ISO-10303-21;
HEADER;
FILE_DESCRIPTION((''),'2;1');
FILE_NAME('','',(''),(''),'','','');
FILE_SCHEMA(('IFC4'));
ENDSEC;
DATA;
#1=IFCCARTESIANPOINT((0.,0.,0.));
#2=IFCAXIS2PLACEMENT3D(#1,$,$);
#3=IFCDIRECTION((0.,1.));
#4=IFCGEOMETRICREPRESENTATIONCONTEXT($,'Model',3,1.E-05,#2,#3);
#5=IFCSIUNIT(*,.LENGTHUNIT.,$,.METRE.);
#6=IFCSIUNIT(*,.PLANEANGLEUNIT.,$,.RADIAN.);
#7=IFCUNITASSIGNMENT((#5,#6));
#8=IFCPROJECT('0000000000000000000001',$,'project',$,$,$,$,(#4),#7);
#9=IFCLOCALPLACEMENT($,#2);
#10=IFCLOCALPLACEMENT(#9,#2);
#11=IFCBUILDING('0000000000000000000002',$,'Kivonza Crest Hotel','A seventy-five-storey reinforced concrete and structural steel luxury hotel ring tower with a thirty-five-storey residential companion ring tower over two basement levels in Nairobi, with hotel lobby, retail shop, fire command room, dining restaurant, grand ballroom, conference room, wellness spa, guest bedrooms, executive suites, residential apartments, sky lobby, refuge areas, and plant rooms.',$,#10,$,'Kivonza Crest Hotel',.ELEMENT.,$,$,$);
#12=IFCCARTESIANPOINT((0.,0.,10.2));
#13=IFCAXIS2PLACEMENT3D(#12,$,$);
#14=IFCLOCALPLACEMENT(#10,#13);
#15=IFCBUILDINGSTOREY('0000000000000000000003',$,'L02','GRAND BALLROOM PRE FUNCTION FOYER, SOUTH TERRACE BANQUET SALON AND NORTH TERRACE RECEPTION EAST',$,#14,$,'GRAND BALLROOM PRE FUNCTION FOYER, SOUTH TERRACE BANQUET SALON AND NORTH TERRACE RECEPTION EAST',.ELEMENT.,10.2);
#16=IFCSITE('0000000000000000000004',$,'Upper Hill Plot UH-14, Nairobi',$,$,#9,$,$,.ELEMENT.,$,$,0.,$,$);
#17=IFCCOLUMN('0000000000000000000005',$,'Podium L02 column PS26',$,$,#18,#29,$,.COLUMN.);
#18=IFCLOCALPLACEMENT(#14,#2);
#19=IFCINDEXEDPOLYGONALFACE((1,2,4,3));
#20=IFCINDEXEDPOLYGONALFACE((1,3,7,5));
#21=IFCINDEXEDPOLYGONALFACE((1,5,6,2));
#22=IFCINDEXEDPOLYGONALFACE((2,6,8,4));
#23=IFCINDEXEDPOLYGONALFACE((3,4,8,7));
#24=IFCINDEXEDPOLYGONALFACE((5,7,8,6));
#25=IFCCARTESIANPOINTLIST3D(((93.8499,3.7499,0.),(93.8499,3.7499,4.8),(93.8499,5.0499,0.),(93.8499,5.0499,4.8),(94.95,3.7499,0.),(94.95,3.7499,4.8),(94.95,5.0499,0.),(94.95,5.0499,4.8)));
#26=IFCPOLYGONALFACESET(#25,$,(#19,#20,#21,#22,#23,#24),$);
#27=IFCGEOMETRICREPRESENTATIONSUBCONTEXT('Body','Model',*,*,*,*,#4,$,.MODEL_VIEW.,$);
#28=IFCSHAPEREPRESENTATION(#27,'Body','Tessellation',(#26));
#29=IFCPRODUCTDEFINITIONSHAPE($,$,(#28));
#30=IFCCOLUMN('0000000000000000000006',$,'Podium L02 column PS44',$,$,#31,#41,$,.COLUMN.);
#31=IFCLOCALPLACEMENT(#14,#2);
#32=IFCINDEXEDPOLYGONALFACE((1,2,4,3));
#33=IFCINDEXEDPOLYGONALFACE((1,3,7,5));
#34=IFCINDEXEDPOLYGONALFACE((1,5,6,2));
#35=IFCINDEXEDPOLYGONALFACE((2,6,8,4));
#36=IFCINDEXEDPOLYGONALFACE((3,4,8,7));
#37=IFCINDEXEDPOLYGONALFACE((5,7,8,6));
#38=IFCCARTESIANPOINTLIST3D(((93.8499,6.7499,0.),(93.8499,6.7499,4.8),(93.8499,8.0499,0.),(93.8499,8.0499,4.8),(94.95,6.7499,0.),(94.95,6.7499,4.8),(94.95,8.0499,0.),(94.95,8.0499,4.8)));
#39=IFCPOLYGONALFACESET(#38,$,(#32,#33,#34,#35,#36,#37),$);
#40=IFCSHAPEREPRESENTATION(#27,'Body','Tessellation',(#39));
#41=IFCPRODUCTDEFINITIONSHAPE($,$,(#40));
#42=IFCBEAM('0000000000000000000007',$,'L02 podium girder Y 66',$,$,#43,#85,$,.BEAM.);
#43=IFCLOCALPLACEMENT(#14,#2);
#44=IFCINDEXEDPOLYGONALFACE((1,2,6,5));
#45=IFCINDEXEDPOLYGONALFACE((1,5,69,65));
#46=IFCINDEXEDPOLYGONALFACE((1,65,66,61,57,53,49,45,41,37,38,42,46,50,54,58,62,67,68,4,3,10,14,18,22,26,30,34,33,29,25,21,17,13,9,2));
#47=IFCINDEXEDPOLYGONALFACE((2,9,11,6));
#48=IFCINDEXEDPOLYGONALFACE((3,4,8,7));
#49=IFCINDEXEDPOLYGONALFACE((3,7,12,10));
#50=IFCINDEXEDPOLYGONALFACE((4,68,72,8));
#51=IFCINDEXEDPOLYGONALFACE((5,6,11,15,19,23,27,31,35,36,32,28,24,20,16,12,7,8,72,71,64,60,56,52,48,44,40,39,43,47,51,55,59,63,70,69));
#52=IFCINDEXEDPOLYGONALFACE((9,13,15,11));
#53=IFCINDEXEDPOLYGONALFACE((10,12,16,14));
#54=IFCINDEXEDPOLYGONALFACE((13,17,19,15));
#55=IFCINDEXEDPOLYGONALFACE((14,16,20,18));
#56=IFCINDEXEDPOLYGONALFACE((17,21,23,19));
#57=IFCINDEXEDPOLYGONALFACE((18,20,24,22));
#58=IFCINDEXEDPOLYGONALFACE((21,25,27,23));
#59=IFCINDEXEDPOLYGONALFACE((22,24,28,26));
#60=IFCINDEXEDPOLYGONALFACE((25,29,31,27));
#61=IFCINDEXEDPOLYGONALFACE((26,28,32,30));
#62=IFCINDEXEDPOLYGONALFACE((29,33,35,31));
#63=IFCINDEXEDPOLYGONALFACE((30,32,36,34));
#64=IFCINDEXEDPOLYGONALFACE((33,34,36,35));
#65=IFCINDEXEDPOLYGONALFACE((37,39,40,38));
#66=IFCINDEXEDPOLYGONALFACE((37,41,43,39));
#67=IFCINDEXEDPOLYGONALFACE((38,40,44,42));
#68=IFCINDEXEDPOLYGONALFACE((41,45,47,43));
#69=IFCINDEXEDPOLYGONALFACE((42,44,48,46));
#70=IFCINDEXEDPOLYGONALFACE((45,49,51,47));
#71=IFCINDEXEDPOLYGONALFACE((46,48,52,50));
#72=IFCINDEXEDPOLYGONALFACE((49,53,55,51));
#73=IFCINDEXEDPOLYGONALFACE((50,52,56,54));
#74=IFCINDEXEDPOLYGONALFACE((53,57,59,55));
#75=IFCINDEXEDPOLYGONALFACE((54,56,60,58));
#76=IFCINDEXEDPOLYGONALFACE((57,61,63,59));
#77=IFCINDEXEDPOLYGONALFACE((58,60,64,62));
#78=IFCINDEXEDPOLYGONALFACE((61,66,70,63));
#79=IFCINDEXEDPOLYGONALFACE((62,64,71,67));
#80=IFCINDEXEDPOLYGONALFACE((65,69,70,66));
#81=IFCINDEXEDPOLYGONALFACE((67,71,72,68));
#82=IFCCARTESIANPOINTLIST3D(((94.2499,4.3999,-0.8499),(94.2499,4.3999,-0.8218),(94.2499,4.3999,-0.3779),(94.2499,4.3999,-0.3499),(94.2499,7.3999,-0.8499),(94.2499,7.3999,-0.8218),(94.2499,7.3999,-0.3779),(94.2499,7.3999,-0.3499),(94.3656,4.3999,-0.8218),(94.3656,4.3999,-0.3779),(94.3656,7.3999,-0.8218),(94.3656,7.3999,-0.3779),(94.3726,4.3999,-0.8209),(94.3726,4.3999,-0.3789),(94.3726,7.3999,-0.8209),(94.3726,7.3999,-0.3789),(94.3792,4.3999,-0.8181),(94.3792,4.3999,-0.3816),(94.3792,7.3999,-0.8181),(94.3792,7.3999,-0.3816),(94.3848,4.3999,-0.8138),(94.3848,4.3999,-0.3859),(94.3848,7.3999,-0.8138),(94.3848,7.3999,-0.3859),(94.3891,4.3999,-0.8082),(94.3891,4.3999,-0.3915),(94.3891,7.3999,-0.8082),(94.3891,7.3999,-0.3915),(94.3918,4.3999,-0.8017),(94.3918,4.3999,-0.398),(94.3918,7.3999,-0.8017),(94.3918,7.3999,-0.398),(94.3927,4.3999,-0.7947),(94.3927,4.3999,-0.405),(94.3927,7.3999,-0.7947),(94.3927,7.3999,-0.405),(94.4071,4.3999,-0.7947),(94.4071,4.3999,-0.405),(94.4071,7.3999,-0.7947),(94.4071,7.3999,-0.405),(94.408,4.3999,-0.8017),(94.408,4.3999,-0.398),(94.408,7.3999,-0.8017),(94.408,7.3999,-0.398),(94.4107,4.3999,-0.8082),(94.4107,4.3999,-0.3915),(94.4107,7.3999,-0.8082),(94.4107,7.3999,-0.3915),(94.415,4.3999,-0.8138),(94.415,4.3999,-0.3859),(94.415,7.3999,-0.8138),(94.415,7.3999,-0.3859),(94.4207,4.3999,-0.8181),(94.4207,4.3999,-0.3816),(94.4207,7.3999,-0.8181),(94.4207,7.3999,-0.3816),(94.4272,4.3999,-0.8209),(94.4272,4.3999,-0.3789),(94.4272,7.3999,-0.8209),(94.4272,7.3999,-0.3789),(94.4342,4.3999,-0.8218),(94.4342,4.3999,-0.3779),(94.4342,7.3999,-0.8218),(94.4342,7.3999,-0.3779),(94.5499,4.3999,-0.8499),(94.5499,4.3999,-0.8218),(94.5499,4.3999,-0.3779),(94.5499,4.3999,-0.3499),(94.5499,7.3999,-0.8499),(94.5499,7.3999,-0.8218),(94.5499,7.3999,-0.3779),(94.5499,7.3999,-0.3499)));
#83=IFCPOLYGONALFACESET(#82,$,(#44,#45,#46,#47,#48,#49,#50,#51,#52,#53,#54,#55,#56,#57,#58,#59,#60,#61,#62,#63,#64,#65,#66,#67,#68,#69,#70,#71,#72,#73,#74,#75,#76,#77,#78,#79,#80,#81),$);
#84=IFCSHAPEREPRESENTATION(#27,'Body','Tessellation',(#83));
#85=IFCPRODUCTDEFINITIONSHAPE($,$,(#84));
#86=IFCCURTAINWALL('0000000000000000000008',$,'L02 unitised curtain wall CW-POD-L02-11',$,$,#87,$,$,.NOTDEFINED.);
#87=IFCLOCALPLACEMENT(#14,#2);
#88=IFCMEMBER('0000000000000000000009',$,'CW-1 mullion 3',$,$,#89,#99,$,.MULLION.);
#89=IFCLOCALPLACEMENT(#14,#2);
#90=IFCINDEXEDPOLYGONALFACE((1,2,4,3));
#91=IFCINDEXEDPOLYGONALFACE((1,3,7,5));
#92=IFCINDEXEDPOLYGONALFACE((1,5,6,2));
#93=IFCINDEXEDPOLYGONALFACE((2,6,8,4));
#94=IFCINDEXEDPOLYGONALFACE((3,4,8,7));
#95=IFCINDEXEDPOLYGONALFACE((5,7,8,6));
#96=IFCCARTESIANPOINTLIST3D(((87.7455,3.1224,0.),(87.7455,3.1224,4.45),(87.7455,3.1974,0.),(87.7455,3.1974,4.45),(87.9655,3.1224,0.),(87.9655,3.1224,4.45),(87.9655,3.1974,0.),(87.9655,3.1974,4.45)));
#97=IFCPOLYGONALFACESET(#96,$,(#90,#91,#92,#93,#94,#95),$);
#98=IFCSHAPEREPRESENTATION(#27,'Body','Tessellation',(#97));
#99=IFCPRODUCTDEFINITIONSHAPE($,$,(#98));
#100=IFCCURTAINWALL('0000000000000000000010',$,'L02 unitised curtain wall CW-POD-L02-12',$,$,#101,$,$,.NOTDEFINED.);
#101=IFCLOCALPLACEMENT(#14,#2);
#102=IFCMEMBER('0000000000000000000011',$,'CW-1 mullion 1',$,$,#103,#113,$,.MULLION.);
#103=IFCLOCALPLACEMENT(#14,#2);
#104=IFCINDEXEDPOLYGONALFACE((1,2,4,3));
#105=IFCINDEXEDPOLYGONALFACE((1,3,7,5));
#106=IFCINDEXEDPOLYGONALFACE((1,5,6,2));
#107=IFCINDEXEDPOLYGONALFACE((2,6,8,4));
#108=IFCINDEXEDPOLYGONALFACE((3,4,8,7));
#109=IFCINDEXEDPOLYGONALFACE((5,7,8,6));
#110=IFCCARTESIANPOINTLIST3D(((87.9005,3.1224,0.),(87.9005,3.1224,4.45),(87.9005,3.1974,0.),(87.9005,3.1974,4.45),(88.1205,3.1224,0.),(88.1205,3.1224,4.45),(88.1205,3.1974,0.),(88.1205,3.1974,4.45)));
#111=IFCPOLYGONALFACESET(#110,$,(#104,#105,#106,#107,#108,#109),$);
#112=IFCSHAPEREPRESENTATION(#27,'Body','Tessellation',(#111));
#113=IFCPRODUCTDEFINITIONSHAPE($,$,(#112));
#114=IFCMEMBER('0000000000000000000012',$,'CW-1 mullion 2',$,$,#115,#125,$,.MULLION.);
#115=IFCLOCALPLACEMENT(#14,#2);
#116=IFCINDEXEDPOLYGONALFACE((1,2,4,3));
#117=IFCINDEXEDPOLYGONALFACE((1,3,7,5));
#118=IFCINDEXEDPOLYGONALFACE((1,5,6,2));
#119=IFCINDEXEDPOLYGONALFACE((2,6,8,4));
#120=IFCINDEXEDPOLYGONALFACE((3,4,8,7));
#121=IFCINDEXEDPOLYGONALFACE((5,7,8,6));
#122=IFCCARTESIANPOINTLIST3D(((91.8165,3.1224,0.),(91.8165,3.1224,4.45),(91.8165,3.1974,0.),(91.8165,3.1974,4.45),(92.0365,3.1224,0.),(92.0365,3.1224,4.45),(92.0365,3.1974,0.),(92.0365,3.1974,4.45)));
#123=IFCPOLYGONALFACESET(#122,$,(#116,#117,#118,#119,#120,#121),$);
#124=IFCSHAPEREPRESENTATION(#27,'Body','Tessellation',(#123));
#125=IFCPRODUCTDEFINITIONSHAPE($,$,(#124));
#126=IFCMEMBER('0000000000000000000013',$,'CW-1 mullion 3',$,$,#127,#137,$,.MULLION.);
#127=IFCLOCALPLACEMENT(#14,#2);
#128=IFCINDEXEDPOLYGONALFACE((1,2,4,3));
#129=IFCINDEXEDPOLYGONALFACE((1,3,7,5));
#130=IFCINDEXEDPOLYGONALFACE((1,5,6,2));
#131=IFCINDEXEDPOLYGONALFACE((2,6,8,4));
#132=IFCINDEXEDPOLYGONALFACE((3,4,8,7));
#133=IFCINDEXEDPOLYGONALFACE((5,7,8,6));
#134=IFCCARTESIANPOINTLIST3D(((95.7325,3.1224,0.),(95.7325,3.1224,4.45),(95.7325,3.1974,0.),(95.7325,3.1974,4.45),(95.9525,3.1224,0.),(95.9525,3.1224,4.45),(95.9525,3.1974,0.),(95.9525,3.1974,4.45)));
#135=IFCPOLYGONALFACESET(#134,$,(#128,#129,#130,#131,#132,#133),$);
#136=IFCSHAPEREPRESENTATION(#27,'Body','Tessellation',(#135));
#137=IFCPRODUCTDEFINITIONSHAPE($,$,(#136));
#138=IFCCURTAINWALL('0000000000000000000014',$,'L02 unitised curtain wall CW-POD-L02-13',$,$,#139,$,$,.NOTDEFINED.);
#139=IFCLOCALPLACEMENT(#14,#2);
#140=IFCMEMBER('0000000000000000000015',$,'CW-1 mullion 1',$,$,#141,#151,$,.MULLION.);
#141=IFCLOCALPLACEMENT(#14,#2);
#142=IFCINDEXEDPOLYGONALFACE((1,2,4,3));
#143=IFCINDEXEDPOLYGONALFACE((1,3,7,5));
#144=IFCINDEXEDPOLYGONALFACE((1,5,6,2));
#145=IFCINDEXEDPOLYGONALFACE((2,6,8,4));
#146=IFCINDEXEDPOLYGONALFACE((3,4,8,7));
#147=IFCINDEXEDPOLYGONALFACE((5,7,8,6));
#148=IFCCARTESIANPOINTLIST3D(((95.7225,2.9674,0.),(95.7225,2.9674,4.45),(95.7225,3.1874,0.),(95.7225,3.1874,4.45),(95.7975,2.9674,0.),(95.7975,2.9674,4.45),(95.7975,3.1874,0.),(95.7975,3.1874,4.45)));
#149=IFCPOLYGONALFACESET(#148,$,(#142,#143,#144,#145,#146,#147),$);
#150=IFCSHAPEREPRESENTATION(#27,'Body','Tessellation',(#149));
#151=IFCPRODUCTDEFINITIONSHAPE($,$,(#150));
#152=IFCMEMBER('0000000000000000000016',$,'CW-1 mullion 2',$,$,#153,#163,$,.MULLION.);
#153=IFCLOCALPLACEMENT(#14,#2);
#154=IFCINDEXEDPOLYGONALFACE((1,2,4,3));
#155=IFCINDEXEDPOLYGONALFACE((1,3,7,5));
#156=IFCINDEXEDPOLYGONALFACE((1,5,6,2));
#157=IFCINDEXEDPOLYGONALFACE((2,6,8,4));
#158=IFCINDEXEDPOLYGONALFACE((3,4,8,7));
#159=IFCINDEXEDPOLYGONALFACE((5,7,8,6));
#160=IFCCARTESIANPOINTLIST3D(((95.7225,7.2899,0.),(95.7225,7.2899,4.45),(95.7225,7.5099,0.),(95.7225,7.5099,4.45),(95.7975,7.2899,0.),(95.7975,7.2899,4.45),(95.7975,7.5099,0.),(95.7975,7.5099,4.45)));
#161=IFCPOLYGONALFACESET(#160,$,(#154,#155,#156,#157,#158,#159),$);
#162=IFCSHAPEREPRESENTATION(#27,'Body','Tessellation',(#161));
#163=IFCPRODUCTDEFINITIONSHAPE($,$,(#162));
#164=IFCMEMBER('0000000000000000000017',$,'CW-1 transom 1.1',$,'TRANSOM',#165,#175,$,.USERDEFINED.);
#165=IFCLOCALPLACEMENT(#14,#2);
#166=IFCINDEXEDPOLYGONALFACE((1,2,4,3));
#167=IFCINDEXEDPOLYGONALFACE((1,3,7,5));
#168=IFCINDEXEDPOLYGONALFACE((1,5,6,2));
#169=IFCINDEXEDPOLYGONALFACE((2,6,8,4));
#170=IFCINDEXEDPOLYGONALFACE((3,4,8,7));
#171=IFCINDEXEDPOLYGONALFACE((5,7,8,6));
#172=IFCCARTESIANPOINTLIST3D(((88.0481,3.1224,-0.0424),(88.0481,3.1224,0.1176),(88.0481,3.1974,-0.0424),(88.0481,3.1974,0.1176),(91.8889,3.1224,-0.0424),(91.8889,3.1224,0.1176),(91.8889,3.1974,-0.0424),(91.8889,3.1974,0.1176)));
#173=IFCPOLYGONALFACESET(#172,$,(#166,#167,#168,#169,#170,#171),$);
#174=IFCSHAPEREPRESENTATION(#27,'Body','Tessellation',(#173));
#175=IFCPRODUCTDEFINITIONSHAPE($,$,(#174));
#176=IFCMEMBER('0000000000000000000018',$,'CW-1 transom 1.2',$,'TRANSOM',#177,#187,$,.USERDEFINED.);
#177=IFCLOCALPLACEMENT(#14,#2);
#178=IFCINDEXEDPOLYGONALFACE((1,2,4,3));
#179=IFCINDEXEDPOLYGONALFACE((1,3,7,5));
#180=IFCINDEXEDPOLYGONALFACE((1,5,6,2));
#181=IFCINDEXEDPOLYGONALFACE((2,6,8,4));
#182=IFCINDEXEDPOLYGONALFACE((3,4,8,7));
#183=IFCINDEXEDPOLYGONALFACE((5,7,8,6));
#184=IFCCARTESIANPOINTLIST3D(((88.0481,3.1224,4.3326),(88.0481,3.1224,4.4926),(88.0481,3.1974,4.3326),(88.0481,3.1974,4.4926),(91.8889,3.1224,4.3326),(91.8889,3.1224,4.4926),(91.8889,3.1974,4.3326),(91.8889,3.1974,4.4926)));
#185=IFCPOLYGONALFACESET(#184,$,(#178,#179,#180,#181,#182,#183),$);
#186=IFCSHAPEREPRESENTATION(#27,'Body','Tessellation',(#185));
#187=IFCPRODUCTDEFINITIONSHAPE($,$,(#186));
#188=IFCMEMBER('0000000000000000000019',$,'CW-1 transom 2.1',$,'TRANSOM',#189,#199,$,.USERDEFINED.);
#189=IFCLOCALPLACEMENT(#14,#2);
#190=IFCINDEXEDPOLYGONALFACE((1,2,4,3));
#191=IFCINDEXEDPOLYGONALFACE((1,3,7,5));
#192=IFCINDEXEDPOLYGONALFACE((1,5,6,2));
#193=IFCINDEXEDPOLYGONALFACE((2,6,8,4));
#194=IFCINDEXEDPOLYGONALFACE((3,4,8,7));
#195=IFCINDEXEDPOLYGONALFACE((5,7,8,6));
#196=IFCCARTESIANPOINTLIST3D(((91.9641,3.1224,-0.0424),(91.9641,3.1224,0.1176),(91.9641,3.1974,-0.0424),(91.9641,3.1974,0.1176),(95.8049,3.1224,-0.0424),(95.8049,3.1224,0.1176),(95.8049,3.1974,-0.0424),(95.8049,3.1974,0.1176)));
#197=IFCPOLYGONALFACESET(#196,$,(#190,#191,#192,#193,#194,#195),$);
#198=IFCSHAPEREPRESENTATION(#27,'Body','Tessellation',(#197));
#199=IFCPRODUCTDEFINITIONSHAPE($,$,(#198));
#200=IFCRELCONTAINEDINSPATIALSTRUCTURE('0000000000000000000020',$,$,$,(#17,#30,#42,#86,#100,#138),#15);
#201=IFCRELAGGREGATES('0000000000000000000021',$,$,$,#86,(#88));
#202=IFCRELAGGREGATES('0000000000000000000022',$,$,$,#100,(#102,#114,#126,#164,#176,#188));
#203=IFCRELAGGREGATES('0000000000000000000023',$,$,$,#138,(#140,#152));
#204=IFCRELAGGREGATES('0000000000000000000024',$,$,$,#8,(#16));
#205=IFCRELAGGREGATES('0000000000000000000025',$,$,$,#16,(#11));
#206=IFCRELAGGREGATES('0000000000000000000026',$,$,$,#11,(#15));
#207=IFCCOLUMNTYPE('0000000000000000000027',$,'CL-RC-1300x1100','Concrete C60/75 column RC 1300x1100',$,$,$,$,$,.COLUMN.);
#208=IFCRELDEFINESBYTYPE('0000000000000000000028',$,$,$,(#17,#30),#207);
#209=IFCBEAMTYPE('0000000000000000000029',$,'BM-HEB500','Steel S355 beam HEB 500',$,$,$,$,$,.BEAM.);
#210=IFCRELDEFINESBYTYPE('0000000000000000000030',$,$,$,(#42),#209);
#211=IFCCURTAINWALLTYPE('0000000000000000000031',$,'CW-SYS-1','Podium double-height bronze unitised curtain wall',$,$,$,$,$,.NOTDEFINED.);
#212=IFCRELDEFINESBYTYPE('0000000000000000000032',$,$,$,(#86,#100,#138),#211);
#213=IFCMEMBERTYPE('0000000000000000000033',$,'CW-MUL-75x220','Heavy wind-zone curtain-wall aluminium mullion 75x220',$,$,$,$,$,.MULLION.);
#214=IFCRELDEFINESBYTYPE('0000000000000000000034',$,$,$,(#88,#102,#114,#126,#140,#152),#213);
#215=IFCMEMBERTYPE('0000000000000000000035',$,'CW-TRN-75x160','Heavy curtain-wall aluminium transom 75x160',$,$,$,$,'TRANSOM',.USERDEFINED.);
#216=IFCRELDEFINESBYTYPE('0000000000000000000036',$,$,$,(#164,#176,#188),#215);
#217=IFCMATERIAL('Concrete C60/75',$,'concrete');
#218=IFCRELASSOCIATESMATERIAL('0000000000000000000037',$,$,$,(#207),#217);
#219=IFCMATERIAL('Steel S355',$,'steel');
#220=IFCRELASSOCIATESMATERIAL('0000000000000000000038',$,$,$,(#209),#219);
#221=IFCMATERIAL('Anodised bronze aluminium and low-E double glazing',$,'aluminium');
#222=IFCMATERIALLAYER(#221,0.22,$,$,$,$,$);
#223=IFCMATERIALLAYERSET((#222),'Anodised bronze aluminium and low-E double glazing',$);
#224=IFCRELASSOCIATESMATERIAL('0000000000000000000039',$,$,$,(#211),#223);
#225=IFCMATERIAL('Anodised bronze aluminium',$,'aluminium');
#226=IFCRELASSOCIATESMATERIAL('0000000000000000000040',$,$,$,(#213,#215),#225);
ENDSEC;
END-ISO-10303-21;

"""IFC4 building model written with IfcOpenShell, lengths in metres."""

from ifc_helpers import new_model, si_unit, direction, frame, origin, origin_2d, place, context, subcontext, project, spatial, rectangle, i_section, extrude, material, layer, layer_set, material_profile, profile_set, type_object, element, aggregate, save


model = new_model("IFC4")

# Units and contexts
model_context = context("Model", 3, precision=1e-05, world=origin(), true_north=direction((0.0, 1.0)))
body_context = subcontext(model_context, "Body", "Model", "MODEL_VIEW")
ifc_project = project(units=[si_unit("LENGTHUNIT", "METRE"), si_unit("PLANEANGLEUNIT", "RADIAN")], contexts=[model_context])

# Site, building, storey
site_placement = place(None, origin())
site = spatial("IfcSite", under=ifc_project, at=site_placement, Name="Upper Hill Plot UH-14, Nairobi", CompositionType="ELEMENT", RefElevation=0.0)
building_placement = place(site_placement, origin())
building = spatial("IfcBuilding", under=site, at=building_placement, Name="Kivonza Crest Hotel", Description="A seventy-five-storey reinforced concrete and structural steel luxury hotel ring tower with a thirty-five-storey residential companion ring tower over two basement levels in Nairobi, with hotel lobby, retail shop, fire command room, dining restaurant, grand ballroom, conference room, wellness spa, guest bedrooms, executive suites, residential apartments, sky lobby, refuge areas, and plant rooms.", LongName="Kivonza Crest Hotel", CompositionType="ELEMENT")
storey_placement = place(building_placement, frame((0.0, 0.0, 10.2)))
storey = spatial("IfcBuildingStorey", under=building, at=storey_placement, Name="L02", Description="GRAND BALLROOM PRE FUNCTION FOYER, SOUTH TERRACE BANQUET SALON AND NORTH TERRACE RECEPTION EAST", LongName="GRAND BALLROOM PRE FUNCTION FOYER, SOUTH TERRACE BANQUET SALON AND NORTH TERRACE RECEPTION EAST", CompositionType="ELEMENT", Elevation=10.2)

# Columns
ifc_material_1 = material(Name="Concrete C60/75", Category="concrete")
ifc_material_profile_1 = material_profile(ifc_material_1, rectangle(XDim=1.1001, YDim=1.3, at=origin_2d()), Name="RC 1300x1100")
ifc_profile_set_1 = profile_set([ifc_material_profile_1], Name="Concrete C60/75")
column_type = type_object("IfcColumnType", Name="CL-RC-1300x1100", Description="Concrete C60/75 column RC 1300x1100", PredefinedType="COLUMN", material=ifc_profile_set_1)
for number, where, z_axis, x_axis, name in (
    (1, (94.3999, 4.3999, 0.0), (0.0, 0.0, 1.0), (1.0, 0.0, 0.0), "Podium L02 column PS26"),
    (2, (94.3999, 7.3999, 0.0), (0.0, 0.0, 1.0), (1.0, 0.0, 0.0), "Podium L02 column PS44"),
):
    element("IfcColumn", number, at=place(storey_placement, frame(where, z_axis=z_axis, x_axis=x_axis)), inside=storey, type_object=column_type, Name=name, PredefinedType="COLUMN", context=body_context, shape_type="SweptSolid", body=[
        extrude(rectangle(XDim=1.1001, YDim=1.3, at=origin_2d()), origin(), (0.0, 0.0, 1.0), 4.8),
    ])

# Beam
ifc_material_2 = material(Name="Steel S355", Category="steel")
ifc_material_profile_2 = material_profile(ifc_material_2, i_section(OverallWidth=0.3, OverallDepth=0.5, WebThickness=0.0144, FlangeThickness=0.0281, FilletRadius=0.0271, at=origin_2d()), Name="HEB 500")
ifc_profile_set_2 = profile_set([ifc_material_profile_2], Name="Steel S355")
beam_type = type_object("IfcBeamType", Name="BM-HEB500", Description="Steel S355 beam HEB 500", PredefinedType="BEAM", material=ifc_profile_set_2)
beam_placement = place(storey_placement, frame((94.3999, 4.3999, -0.5999), z_axis=(0.0, 1.0, 0.0), x_axis=(-1.0, 0.0, 0.0)))
element("IfcBeam", 3, at=beam_placement, inside=storey, type_object=beam_type, Name="L02 podium girder Y 66", PredefinedType="BEAM", context=body_context, shape_type="SweptSolid", body=[
    extrude(i_section(OverallWidth=0.3, OverallDepth=0.5, WebThickness=0.0144, FlangeThickness=0.0281, FilletRadius=0.0271, at=origin_2d()), origin(), (0.0, 0.0, 1.0), 3.0),
])

# Curtain wall, member
ifc_material_3 = material(Name="Anodised bronze aluminium and low-E double glazing", Category="aluminium")
ifc_layer_1 = layer(ifc_material_3, 0.22)
ifc_layer_set_1 = layer_set([ifc_layer_1], Name="Anodised bronze aluminium and low-E double glazing")
curtain_wall_type = type_object("IfcCurtainWallType", Name="CW-SYS-1", Description="Podium double-height bronze unitised curtain wall", PredefinedType="NOTDEFINED", material=ifc_layer_set_1)
curtain_wall_1_placement = place(storey_placement, origin())
curtain_wall_1 = element("IfcCurtainWall", 4, at=curtain_wall_1_placement, inside=storey, type_object=curtain_wall_type, Name="L02 unitised curtain wall CW-POD-L02-11", PredefinedType="NOTDEFINED")
ifc_material_4 = material(Name="Anodised bronze aluminium", Category="aluminium")
ifc_material_profile_3 = material_profile(ifc_material_4, rectangle(XDim=0.075, YDim=0.22, at=origin_2d()), Name="CW-M 75x220")
ifc_profile_set_3 = profile_set([ifc_material_profile_3], Name="Anodised bronze aluminium")
member_type_1 = type_object("IfcMemberType", Name="CW-MUL-75x220", Description="Heavy wind-zone curtain-wall aluminium mullion 75x220", PredefinedType="MULLION", material=ifc_profile_set_3)
member_1_placement = place(storey_placement, frame((87.8555, 3.1599, 0.0), z_axis=(0.0, 0.0, 1.0), x_axis=(0.0, 1.0, 0.0)))
member_1 = element("IfcMember", 5, at=member_1_placement, type_object=member_type_1, Name="CW-1 mullion 3", PredefinedType="MULLION", context=body_context, shape_type="SweptSolid", body=[
    extrude(rectangle(XDim=0.075, YDim=0.22, at=origin_2d()), origin(), (0.0, 0.0, 1.0), 4.45),
])
aggregate(curtain_wall_1, [member_1])

# Curtain walls, members
curtain_wall_2_placement = place(storey_placement, origin())
curtain_wall_2 = element("IfcCurtainWall", 6, at=curtain_wall_2_placement, inside=storey, type_object=curtain_wall_type, Name="L02 unitised curtain wall CW-POD-L02-12", PredefinedType="NOTDEFINED")
member_2_placement = place(storey_placement, frame((88.0105, 3.1599, 0.0), z_axis=(0.0, 0.0, 1.0), x_axis=(0.0, 1.0, 0.0)))
member_2 = element("IfcMember", 7, at=member_2_placement, type_object=member_type_1, Name="CW-1 mullion 1", PredefinedType="MULLION", context=body_context, shape_type="SweptSolid", body=[
    extrude(rectangle(XDim=0.075, YDim=0.22, at=origin_2d()), origin(), (0.0, 0.0, 1.0), 4.45),
])
member_3_placement = place(storey_placement, frame((91.9265, 3.1599, 0.0), z_axis=(0.0, 0.0, 1.0), x_axis=(0.0, 1.0, 0.0)))
member_3 = element("IfcMember", 8, at=member_3_placement, type_object=member_type_1, Name="CW-1 mullion 2", PredefinedType="MULLION", context=body_context, shape_type="SweptSolid", body=[
    extrude(rectangle(XDim=0.075, YDim=0.22, at=origin_2d()), origin(), (0.0, 0.0, 1.0), 4.45),
])
member_4_placement = place(storey_placement, frame((95.8425, 3.1599, 0.0), z_axis=(0.0, 0.0, 1.0), x_axis=(0.0, 1.0, 0.0)))
member_4 = element("IfcMember", 9, at=member_4_placement, type_object=member_type_1, Name="CW-1 mullion 3", PredefinedType="MULLION", context=body_context, shape_type="SweptSolid", body=[
    extrude(rectangle(XDim=0.075, YDim=0.22, at=origin_2d()), origin(), (0.0, 0.0, 1.0), 4.45),
])
curtain_wall_3_placement = place(storey_placement, origin())
curtain_wall_3 = element("IfcCurtainWall", 10, at=curtain_wall_3_placement, inside=storey, type_object=curtain_wall_type, Name="L02 unitised curtain wall CW-POD-L02-13", PredefinedType="NOTDEFINED")
member_5_placement = place(storey_placement, frame((95.76, 3.0774, 0.0), z_axis=(0.0, 0.0, 1.0), x_axis=(-1.0, 0.0, 0.0)))
member_5 = element("IfcMember", 11, at=member_5_placement, type_object=member_type_1, Name="CW-1 mullion 1", PredefinedType="MULLION", context=body_context, shape_type="SweptSolid", body=[
    extrude(rectangle(XDim=0.075, YDim=0.22, at=origin_2d()), origin(), (0.0, 0.0, 1.0), 4.45),
])
member_6_placement = place(storey_placement, frame((95.76, 7.3999, 0.0), z_axis=(0.0, 0.0, 1.0), x_axis=(-1.0, 0.0, 0.0)))
member_6 = element("IfcMember", 12, at=member_6_placement, type_object=member_type_1, Name="CW-1 mullion 2", PredefinedType="MULLION", context=body_context, shape_type="SweptSolid", body=[
    extrude(rectangle(XDim=0.075, YDim=0.22, at=origin_2d()), origin(), (0.0, 0.0, 1.0), 4.45),
])

# Members
ifc_material_profile_4 = material_profile(ifc_material_4, rectangle(XDim=0.075, YDim=0.1599, at=origin_2d()), Name="CW-T 75x160")
ifc_profile_set_4 = profile_set([ifc_material_profile_4], Name="Anodised bronze aluminium")
member_type_2 = type_object("IfcMemberType", Name="CW-TRN-75x160", Description="Heavy curtain-wall aluminium transom 75x160", ElementType="TRANSOM", PredefinedType="USERDEFINED", material=ifc_profile_set_4)
member_7_placement = place(storey_placement, frame((88.0481, 3.1599, 0.0376), z_axis=(1.0, 0.0, 0.0), x_axis=(0.0, 1.0, 0.0)))
member_7 = element("IfcMember", 13, at=member_7_placement, type_object=member_type_2, Name="CW-1 transom 1.1", ObjectType="TRANSOM", PredefinedType="USERDEFINED", context=body_context, shape_type="SweptSolid", body=[
    extrude(rectangle(XDim=0.075, YDim=0.1599, at=origin_2d()), origin(), (0.0, 0.0, 1.0), 3.8408),
])
member_8_placement = place(storey_placement, frame((88.0481, 3.1599, 4.4126), z_axis=(1.0, 0.0, 0.0), x_axis=(0.0, 1.0, 0.0)))
member_8 = element("IfcMember", 14, at=member_8_placement, type_object=member_type_2, Name="CW-1 transom 1.2", ObjectType="TRANSOM", PredefinedType="USERDEFINED", context=body_context, shape_type="SweptSolid", body=[
    extrude(rectangle(XDim=0.075, YDim=0.1599, at=origin_2d()), origin(), (0.0, 0.0, 1.0), 3.8408),
])
member_9_placement = place(storey_placement, frame((91.9641, 3.1599, 0.0376), z_axis=(1.0, 0.0, 0.0), x_axis=(0.0, 1.0, 0.0)))
member_9 = element("IfcMember", 15, at=member_9_placement, type_object=member_type_2, Name="CW-1 transom 2.1", ObjectType="TRANSOM", PredefinedType="USERDEFINED", context=body_context, shape_type="SweptSolid", body=[
    extrude(rectangle(XDim=0.075, YDim=0.1599, at=origin_2d()), origin(), (0.0, 0.0, 1.0), 3.8408),
])

aggregate(curtain_wall_2, [member_2, member_3, member_4, member_7, member_8, member_9])
aggregate(curtain_wall_3, [member_5, member_6])

save(model, "model.ifc")
